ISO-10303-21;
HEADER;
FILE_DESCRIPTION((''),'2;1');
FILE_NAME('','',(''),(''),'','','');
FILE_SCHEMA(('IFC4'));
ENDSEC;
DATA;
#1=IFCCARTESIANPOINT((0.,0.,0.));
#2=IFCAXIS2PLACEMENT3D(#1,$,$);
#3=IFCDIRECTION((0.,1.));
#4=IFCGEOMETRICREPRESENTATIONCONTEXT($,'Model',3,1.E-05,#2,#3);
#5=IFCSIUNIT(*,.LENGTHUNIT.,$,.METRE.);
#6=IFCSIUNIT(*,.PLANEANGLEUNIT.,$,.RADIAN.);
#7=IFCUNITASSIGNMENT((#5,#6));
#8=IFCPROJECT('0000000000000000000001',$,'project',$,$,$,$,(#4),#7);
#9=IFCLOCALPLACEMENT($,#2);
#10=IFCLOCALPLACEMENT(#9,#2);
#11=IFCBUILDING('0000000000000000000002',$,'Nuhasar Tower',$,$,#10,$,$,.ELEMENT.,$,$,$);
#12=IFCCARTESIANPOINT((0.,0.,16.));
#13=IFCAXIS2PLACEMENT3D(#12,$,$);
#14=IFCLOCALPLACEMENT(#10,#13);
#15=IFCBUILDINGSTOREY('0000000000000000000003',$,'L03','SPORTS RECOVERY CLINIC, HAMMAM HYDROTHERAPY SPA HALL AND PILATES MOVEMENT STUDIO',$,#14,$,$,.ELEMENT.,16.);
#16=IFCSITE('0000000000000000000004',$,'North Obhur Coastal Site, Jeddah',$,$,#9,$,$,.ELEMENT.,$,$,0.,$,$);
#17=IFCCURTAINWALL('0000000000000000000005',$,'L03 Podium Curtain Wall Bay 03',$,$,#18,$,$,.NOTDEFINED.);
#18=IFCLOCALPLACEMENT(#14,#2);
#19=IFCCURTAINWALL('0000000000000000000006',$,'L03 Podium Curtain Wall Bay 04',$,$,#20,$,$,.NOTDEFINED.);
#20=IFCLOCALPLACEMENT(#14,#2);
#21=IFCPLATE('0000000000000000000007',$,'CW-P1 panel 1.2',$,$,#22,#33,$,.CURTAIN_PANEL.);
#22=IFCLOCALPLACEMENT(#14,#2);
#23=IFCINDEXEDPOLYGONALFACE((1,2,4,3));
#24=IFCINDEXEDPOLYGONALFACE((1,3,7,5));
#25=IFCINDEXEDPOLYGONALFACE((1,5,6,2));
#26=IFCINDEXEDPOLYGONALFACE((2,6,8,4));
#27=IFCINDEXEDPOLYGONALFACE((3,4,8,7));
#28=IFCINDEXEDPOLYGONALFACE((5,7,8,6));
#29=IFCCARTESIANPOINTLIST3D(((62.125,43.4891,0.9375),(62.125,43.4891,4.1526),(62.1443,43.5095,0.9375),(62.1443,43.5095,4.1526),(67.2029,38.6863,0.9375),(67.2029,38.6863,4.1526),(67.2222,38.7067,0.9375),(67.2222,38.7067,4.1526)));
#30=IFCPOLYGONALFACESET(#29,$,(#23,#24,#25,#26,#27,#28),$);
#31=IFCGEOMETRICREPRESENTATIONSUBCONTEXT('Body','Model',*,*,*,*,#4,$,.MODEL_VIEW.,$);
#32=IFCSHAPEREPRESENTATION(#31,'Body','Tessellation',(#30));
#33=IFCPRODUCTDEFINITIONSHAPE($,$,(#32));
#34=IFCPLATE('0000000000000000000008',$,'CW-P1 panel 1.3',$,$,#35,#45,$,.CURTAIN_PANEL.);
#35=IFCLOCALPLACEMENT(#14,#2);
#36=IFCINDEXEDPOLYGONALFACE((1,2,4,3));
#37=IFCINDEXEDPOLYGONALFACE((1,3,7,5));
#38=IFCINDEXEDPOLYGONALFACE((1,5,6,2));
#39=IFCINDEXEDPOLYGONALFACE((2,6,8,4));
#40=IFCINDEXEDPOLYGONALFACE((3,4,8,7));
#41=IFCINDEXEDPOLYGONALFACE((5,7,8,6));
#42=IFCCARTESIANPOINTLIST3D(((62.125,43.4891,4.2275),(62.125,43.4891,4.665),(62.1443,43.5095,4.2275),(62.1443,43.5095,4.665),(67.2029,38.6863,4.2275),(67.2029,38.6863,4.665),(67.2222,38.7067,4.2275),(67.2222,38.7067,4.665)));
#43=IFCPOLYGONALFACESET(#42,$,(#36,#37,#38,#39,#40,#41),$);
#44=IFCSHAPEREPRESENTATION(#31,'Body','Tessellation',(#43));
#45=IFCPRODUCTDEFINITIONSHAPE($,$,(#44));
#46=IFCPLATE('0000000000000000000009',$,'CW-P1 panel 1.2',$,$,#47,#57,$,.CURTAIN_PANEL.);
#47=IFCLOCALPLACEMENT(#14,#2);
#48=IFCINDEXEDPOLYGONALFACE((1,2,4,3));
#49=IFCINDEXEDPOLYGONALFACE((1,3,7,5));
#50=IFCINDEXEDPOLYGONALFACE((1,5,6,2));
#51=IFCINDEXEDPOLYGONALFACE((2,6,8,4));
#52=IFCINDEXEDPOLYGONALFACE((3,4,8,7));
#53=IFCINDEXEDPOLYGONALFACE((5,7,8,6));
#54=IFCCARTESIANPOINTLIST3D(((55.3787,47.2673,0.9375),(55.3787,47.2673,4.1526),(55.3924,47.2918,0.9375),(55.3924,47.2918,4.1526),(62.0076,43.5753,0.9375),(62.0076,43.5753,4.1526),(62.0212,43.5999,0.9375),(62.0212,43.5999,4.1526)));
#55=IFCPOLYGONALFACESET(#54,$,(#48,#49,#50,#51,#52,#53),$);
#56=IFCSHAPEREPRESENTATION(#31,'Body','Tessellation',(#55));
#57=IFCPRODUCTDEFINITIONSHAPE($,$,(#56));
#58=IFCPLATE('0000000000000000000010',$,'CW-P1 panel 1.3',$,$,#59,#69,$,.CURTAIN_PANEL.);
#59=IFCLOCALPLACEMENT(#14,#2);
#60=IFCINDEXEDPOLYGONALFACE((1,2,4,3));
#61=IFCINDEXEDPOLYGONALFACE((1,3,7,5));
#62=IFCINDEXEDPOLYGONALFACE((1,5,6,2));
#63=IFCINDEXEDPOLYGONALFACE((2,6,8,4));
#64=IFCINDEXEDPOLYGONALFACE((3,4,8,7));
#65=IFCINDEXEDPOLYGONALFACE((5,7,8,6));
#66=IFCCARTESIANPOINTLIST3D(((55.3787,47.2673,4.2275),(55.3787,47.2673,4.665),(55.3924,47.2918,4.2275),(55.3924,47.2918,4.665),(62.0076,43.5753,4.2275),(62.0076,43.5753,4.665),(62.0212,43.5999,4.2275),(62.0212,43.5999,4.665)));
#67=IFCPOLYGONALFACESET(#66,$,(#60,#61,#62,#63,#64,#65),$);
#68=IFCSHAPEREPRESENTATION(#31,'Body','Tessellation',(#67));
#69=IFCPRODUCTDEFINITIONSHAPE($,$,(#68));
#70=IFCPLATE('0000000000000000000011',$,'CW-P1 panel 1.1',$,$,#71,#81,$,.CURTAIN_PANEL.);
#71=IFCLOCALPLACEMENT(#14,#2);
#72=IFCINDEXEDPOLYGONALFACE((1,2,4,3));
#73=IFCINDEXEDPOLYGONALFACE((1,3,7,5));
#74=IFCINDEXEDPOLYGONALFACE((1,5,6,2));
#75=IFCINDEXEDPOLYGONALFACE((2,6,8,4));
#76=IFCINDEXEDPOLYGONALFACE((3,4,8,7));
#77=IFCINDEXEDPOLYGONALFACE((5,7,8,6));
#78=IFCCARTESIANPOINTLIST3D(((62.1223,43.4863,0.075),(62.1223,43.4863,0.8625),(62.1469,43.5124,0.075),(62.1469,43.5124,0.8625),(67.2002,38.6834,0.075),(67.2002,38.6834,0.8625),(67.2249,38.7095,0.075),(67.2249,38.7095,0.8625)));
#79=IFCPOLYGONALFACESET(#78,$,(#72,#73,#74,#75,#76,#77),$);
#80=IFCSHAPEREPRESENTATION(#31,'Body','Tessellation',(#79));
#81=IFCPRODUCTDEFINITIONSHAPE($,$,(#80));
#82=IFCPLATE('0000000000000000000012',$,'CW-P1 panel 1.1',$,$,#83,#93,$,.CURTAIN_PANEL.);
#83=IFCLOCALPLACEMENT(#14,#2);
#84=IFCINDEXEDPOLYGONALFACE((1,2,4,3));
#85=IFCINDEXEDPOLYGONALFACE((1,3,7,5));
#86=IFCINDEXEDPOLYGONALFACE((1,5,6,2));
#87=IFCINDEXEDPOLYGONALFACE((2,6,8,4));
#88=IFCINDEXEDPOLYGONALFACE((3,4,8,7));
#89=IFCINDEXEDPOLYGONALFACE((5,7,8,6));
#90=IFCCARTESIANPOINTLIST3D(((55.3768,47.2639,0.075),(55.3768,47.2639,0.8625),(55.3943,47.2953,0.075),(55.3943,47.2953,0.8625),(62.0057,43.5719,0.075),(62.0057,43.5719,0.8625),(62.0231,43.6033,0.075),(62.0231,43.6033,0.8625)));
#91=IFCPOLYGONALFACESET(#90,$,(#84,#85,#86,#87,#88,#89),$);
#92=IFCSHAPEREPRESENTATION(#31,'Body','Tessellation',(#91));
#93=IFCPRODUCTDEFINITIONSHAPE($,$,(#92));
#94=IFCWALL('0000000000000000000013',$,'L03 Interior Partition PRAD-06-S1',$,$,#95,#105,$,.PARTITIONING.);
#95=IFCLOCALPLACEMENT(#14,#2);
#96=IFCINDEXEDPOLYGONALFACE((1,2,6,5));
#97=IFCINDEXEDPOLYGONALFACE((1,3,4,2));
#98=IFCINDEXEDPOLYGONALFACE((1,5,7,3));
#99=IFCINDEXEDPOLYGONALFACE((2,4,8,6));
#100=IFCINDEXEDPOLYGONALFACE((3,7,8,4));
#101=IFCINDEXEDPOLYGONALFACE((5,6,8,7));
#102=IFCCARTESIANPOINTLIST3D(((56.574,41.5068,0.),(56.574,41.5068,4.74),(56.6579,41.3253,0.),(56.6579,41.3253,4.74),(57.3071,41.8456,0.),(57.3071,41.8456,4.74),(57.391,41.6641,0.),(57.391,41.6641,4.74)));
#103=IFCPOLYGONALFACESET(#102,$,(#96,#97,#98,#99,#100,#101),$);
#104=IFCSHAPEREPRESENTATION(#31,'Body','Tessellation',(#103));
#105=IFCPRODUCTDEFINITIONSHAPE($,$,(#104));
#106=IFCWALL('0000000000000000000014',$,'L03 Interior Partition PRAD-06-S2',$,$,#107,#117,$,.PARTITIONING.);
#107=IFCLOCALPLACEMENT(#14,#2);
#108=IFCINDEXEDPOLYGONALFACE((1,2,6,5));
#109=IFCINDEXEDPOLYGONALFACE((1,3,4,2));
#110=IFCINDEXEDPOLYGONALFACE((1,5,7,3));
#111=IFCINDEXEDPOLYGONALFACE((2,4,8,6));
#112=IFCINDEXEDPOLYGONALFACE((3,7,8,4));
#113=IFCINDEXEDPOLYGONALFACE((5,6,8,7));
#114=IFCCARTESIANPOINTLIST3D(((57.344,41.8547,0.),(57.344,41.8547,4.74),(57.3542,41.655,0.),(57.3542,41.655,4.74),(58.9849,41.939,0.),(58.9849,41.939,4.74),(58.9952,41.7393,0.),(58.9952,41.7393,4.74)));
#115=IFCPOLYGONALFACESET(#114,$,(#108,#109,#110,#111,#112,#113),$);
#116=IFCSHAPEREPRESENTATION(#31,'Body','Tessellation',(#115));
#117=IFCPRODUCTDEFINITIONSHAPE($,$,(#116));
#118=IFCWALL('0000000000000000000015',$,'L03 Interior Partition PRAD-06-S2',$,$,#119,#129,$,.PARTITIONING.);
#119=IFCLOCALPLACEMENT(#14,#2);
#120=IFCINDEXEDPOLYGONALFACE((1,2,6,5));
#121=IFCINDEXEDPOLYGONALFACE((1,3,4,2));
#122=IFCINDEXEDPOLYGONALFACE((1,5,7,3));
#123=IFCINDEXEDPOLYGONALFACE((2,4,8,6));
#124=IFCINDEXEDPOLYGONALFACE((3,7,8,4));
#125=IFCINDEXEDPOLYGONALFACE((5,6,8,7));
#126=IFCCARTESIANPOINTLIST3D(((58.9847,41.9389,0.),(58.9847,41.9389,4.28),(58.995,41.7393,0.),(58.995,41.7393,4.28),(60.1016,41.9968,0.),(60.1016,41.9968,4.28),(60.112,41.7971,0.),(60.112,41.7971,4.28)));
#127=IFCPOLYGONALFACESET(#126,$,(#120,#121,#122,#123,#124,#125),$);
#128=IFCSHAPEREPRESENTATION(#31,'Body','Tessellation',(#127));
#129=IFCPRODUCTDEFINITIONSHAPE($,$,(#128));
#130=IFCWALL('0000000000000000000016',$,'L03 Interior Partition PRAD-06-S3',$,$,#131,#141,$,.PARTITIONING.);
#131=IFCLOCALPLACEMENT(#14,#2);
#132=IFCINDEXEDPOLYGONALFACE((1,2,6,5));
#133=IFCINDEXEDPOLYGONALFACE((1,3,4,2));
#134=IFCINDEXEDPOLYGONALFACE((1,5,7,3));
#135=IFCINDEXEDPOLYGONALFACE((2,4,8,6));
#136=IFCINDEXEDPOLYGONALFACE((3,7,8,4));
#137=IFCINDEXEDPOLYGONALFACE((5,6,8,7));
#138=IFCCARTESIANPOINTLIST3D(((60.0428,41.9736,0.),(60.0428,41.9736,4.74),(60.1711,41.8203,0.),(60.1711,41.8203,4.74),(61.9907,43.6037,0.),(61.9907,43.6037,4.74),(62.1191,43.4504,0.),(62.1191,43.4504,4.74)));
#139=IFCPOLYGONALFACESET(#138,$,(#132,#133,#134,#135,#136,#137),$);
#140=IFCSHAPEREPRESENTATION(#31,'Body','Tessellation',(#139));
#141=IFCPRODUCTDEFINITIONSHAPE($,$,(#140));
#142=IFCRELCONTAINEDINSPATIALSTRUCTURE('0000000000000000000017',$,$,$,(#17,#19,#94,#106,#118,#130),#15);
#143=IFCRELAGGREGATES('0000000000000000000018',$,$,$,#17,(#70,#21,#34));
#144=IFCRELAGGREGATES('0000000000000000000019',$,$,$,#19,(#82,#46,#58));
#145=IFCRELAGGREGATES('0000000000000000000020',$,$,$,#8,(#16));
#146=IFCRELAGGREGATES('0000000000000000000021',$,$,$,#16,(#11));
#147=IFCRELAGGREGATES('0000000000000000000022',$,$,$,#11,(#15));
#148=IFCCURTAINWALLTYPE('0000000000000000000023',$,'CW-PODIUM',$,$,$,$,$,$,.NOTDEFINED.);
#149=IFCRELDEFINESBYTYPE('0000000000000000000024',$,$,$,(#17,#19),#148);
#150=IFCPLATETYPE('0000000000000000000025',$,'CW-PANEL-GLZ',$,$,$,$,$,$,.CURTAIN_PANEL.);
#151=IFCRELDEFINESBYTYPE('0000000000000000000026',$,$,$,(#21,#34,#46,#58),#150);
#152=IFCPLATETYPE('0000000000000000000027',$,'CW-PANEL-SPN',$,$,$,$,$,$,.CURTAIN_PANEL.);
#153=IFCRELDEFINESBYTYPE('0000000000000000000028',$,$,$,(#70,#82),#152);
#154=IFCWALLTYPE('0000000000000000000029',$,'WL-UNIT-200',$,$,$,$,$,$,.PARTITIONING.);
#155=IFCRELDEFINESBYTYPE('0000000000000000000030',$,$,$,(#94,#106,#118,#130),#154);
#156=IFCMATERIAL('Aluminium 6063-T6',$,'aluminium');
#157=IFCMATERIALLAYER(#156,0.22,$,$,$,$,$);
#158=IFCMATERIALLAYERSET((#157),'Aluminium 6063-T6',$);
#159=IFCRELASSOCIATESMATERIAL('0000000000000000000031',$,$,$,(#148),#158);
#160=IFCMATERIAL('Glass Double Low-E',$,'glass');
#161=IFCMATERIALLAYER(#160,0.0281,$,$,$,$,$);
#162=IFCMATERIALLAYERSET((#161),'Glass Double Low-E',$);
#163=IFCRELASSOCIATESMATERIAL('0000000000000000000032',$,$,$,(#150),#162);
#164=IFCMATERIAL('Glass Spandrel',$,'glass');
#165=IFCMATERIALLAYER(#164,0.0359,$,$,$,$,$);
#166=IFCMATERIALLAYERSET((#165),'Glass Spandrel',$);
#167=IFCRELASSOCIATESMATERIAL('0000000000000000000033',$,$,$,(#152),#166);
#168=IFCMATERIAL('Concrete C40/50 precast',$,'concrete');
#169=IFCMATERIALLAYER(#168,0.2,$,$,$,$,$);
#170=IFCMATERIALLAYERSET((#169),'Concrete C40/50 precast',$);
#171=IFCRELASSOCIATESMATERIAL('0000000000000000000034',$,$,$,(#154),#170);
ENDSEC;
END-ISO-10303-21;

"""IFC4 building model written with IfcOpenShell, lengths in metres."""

from ifc_helpers import new_model, si_unit, direction, frame, frame_2d, origin, origin_2d, place, context, subcontext, project, spatial, rectangle, extrude, material, layer, layer_set, type_object, element, aggregate, save


model = new_model("IFC4")

# Units and contexts
model_context = context("Model", 3, precision=1e-05, world=origin(), true_north=direction((0.0, 1.0)))
body_context = subcontext(model_context, "Body", "Model", "MODEL_VIEW")
ifc_project = project(units=[si_unit("LENGTHUNIT", "METRE"), si_unit("PLANEANGLEUNIT", "RADIAN")], contexts=[model_context])

# Site, building, storey
site_placement = place(None, origin())
site = spatial("IfcSite", under=ifc_project, at=site_placement, Name="North Obhur Coastal Site, Jeddah", CompositionType="ELEMENT", RefElevation=0.0)
building_placement = place(site_placement, origin())
building = spatial("IfcBuilding", under=site, at=building_placement, Name="Nuhasar Tower", CompositionType="ELEMENT")
storey_placement = place(building_placement, frame((0.0, 0.0, 16.0)))
storey = spatial("IfcBuildingStorey", under=building, at=storey_placement, Name="L03", Description="SPORTS RECOVERY CLINIC, HAMMAM HYDROTHERAPY SPA HALL AND PILATES MOVEMENT STUDIO", CompositionType="ELEMENT", Elevation=16.0)

# Curtain wall
ifc_material_1 = material(Name="Aluminium 6063-T6", Category="aluminium")
ifc_layer_1 = layer(ifc_material_1, 0.22)
ifc_layer_set_1 = layer_set([ifc_layer_1], Name="Aluminium 6063-T6")
curtain_wall_type = type_object("IfcCurtainWallType", Name="CW-PODIUM", PredefinedType="NOTDEFINED", material=ifc_layer_set_1)
curtain_wall_1_placement = place(storey_placement, origin())
curtain_wall_1 = element("IfcCurtainWall", 1, at=curtain_wall_1_placement, inside=storey, type_object=curtain_wall_type, Name="L03 Podium Curtain Wall Bay 03", PredefinedType="NOTDEFINED")

# Curtain wall
curtain_wall_2_placement = place(storey_placement, origin())
curtain_wall_2 = element("IfcCurtainWall", 2, at=curtain_wall_2_placement, inside=storey, type_object=curtain_wall_type, Name="L03 Podium Curtain Wall Bay 04", PredefinedType="NOTDEFINED")

# Plates
ifc_material_2 = material(Name="Glass Double Low-E", Category="glass")
ifc_layer_2 = layer(ifc_material_2, 0.0281)
ifc_layer_set_2 = layer_set([ifc_layer_2], Name="Glass Double Low-E")
plate_type_1 = type_object("IfcPlateType", Name="CW-PANEL-GLZ", PredefinedType="CURTAIN_PANEL", material=ifc_layer_set_2)
plate_1_placement = place(storey_placement, frame((64.6736, 41.0979, 0.9375), z_axis=(0.0, 0.0, 1.0), x_axis=(-0.726512, 0.687154, 0.0)))
plate_1 = element("IfcPlate", 3, at=plate_1_placement, type_object=plate_type_1, Name="CW-P1 panel 1.2", PredefinedType="CURTAIN_PANEL", context=body_context, shape_type="SweptSolid", body=[
    extrude(rectangle(XDim=6.9895, YDim=0.0281, at=origin_2d()), origin(), (0.0, 0.0, 1.0), 3.2151),
])
plate_2_placement = place(storey_placement, frame((64.6736, 41.0979, 4.2275), z_axis=(0.0, 0.0, 1.0), x_axis=(-0.726512, 0.687154, 0.0)))
plate_2 = element("IfcPlate", 4, at=plate_2_placement, type_object=plate_type_1, Name="CW-P1 panel 1.3", PredefinedType="CURTAIN_PANEL", context=body_context, shape_type="SweptSolid", body=[
    extrude(rectangle(XDim=6.9895, YDim=0.0281, at=origin_2d()), origin(), (0.0, 0.0, 1.0), 0.4375),
])
plate_3_placement = place(storey_placement, frame((58.7, 45.4336, 0.9375), z_axis=(0.0, 0.0, 1.0), x_axis=(-0.873639, 0.486575, 0.0)))
plate_3 = element("IfcPlate", 5, at=plate_3_placement, type_object=plate_type_1, Name="CW-P1 panel 1.2", PredefinedType="CURTAIN_PANEL", context=body_context, shape_type="SweptSolid", body=[
    extrude(rectangle(XDim=7.5876, YDim=0.0281, at=origin_2d()), origin(), (0.0, 0.0, 1.0), 3.2151),
])
plate_4_placement = place(storey_placement, frame((58.7, 45.4336, 4.2275), z_axis=(0.0, 0.0, 1.0), x_axis=(-0.873639, 0.486575, 0.0)))
plate_4 = element("IfcPlate", 6, at=plate_4_placement, type_object=plate_type_1, Name="CW-P1 panel 1.3", PredefinedType="CURTAIN_PANEL", context=body_context, shape_type="SweptSolid", body=[
    extrude(rectangle(XDim=7.5876, YDim=0.0281, at=origin_2d()), origin(), (0.0, 0.0, 1.0), 0.4375),
])
ifc_material_3 = material(Name="Glass Spandrel", Category="glass")
ifc_layer_3 = layer(ifc_material_3, 0.0359)
ifc_layer_set_3 = layer_set([ifc_layer_3], Name="Glass Spandrel")
plate_type_2 = type_object("IfcPlateType", Name="CW-PANEL-SPN", PredefinedType="CURTAIN_PANEL", material=ifc_layer_set_3)
plate_5_placement = place(storey_placement, frame((64.6736, 41.0979, 0.075), z_axis=(0.0, 0.0, 1.0), x_axis=(-0.726512, 0.687154, 0.0)))
plate_5 = element("IfcPlate", 7, at=plate_5_placement, type_object=plate_type_2, Name="CW-P1 panel 1.1", PredefinedType="CURTAIN_PANEL", context=body_context, shape_type="SweptSolid", body=[
    extrude(rectangle(XDim=6.9895, YDim=0.0359, at=origin_2d()), origin(), (0.0, 0.0, 1.0), 0.7876),
])
aggregate(curtain_wall_1, [plate_5, plate_1, plate_2])
plate_6_placement = place(storey_placement, frame((58.7, 45.4336, 0.075), z_axis=(0.0, 0.0, 1.0), x_axis=(-0.873639, 0.486575, 0.0)))
plate_6 = element("IfcPlate", 8, at=plate_6_placement, type_object=plate_type_2, Name="CW-P1 panel 1.1", PredefinedType="CURTAIN_PANEL", context=body_context, shape_type="SweptSolid", body=[
    extrude(rectangle(XDim=7.5876, YDim=0.0359, at=origin_2d()), origin(), (0.0, 0.0, 1.0), 0.7876),
])
aggregate(curtain_wall_2, [plate_6, plate_3, plate_4])

# Walls
ifc_material_4 = material(Name="Concrete C40/50 precast", Category="concrete")
ifc_layer_4 = layer(ifc_material_4, 0.2)
ifc_layer_set_4 = layer_set([ifc_layer_4], Name="Concrete C40/50 precast")
wall_type = type_object("IfcWallType", Name="WL-UNIT-200", PredefinedType="PARTITIONING", material=ifc_layer_set_4)
wall_1_placement = place(storey_placement, frame((56.616, 41.416, 0.0), z_axis=(0.0, 0.0, 1.0), x_axis=(0.907729, 0.419556, 0.0)))
element("IfcWall", 9, at=wall_1_placement, inside=storey, type_object=wall_type, Name="L03 Interior Partition PRAD-06-S1", PredefinedType="PARTITIONING", context=body_context, shape_type="SweptSolid", body=[
    extrude(rectangle(XDim=0.8076, YDim=0.2, at=frame_2d((0.4038, 0.0))), origin(), (0.0, 0.0, 1.0), 4.74),
])
wall_2_placement = place(storey_placement, frame((57.3491, 41.7549, 0.0), z_axis=(0.0, 0.0, 1.0), x_axis=(0.998685, 0.051264, 0.0)))
element("IfcWall", 10, at=wall_2_placement, inside=storey, type_object=wall_type, Name="L03 Interior Partition PRAD-06-S2", PredefinedType="PARTITIONING", context=body_context, shape_type="SweptSolid", body=[
    extrude(rectangle(XDim=1.6431, YDim=0.2, at=frame_2d((0.8215, 0.0))), origin(), (0.0, 0.0, 1.0), 4.74),
])
wall_3_placement = place(storey_placement, frame((58.99, 41.8391, 0.0), z_axis=(0.0, 0.0, 1.0), x_axis=(0.998661, 0.051734, 0.0)))
element("IfcWall", 11, at=wall_3_placement, inside=storey, type_object=wall_type, Name="L03 Interior Partition PRAD-06-S2", PredefinedType="PARTITIONING", context=body_context, shape_type="SweptSolid", body=[
    extrude(rectangle(XDim=1.1184, YDim=0.2, at=frame_2d((0.5591, 0.0))), origin(), (0.0, 0.0, 1.0), 4.28),
])
wall_4_placement = place(storey_placement, frame((60.1069, 41.897, 0.0), z_axis=(0.0, 0.0, 1.0), x_axis=(0.766904, 0.641762, 0.0)))
element("IfcWall", 12, at=wall_4_placement, inside=storey, type_object=wall_type, Name="L03 Interior Partition PRAD-06-S3", PredefinedType="PARTITIONING", context=body_context, shape_type="SweptSolid", body=[
    extrude(rectangle(XDim=2.54, YDim=0.2, at=frame_2d((1.27, 0.0))), origin(), (0.0, 0.0, 1.0), 4.74),
])

save(model, "model.ifc")
